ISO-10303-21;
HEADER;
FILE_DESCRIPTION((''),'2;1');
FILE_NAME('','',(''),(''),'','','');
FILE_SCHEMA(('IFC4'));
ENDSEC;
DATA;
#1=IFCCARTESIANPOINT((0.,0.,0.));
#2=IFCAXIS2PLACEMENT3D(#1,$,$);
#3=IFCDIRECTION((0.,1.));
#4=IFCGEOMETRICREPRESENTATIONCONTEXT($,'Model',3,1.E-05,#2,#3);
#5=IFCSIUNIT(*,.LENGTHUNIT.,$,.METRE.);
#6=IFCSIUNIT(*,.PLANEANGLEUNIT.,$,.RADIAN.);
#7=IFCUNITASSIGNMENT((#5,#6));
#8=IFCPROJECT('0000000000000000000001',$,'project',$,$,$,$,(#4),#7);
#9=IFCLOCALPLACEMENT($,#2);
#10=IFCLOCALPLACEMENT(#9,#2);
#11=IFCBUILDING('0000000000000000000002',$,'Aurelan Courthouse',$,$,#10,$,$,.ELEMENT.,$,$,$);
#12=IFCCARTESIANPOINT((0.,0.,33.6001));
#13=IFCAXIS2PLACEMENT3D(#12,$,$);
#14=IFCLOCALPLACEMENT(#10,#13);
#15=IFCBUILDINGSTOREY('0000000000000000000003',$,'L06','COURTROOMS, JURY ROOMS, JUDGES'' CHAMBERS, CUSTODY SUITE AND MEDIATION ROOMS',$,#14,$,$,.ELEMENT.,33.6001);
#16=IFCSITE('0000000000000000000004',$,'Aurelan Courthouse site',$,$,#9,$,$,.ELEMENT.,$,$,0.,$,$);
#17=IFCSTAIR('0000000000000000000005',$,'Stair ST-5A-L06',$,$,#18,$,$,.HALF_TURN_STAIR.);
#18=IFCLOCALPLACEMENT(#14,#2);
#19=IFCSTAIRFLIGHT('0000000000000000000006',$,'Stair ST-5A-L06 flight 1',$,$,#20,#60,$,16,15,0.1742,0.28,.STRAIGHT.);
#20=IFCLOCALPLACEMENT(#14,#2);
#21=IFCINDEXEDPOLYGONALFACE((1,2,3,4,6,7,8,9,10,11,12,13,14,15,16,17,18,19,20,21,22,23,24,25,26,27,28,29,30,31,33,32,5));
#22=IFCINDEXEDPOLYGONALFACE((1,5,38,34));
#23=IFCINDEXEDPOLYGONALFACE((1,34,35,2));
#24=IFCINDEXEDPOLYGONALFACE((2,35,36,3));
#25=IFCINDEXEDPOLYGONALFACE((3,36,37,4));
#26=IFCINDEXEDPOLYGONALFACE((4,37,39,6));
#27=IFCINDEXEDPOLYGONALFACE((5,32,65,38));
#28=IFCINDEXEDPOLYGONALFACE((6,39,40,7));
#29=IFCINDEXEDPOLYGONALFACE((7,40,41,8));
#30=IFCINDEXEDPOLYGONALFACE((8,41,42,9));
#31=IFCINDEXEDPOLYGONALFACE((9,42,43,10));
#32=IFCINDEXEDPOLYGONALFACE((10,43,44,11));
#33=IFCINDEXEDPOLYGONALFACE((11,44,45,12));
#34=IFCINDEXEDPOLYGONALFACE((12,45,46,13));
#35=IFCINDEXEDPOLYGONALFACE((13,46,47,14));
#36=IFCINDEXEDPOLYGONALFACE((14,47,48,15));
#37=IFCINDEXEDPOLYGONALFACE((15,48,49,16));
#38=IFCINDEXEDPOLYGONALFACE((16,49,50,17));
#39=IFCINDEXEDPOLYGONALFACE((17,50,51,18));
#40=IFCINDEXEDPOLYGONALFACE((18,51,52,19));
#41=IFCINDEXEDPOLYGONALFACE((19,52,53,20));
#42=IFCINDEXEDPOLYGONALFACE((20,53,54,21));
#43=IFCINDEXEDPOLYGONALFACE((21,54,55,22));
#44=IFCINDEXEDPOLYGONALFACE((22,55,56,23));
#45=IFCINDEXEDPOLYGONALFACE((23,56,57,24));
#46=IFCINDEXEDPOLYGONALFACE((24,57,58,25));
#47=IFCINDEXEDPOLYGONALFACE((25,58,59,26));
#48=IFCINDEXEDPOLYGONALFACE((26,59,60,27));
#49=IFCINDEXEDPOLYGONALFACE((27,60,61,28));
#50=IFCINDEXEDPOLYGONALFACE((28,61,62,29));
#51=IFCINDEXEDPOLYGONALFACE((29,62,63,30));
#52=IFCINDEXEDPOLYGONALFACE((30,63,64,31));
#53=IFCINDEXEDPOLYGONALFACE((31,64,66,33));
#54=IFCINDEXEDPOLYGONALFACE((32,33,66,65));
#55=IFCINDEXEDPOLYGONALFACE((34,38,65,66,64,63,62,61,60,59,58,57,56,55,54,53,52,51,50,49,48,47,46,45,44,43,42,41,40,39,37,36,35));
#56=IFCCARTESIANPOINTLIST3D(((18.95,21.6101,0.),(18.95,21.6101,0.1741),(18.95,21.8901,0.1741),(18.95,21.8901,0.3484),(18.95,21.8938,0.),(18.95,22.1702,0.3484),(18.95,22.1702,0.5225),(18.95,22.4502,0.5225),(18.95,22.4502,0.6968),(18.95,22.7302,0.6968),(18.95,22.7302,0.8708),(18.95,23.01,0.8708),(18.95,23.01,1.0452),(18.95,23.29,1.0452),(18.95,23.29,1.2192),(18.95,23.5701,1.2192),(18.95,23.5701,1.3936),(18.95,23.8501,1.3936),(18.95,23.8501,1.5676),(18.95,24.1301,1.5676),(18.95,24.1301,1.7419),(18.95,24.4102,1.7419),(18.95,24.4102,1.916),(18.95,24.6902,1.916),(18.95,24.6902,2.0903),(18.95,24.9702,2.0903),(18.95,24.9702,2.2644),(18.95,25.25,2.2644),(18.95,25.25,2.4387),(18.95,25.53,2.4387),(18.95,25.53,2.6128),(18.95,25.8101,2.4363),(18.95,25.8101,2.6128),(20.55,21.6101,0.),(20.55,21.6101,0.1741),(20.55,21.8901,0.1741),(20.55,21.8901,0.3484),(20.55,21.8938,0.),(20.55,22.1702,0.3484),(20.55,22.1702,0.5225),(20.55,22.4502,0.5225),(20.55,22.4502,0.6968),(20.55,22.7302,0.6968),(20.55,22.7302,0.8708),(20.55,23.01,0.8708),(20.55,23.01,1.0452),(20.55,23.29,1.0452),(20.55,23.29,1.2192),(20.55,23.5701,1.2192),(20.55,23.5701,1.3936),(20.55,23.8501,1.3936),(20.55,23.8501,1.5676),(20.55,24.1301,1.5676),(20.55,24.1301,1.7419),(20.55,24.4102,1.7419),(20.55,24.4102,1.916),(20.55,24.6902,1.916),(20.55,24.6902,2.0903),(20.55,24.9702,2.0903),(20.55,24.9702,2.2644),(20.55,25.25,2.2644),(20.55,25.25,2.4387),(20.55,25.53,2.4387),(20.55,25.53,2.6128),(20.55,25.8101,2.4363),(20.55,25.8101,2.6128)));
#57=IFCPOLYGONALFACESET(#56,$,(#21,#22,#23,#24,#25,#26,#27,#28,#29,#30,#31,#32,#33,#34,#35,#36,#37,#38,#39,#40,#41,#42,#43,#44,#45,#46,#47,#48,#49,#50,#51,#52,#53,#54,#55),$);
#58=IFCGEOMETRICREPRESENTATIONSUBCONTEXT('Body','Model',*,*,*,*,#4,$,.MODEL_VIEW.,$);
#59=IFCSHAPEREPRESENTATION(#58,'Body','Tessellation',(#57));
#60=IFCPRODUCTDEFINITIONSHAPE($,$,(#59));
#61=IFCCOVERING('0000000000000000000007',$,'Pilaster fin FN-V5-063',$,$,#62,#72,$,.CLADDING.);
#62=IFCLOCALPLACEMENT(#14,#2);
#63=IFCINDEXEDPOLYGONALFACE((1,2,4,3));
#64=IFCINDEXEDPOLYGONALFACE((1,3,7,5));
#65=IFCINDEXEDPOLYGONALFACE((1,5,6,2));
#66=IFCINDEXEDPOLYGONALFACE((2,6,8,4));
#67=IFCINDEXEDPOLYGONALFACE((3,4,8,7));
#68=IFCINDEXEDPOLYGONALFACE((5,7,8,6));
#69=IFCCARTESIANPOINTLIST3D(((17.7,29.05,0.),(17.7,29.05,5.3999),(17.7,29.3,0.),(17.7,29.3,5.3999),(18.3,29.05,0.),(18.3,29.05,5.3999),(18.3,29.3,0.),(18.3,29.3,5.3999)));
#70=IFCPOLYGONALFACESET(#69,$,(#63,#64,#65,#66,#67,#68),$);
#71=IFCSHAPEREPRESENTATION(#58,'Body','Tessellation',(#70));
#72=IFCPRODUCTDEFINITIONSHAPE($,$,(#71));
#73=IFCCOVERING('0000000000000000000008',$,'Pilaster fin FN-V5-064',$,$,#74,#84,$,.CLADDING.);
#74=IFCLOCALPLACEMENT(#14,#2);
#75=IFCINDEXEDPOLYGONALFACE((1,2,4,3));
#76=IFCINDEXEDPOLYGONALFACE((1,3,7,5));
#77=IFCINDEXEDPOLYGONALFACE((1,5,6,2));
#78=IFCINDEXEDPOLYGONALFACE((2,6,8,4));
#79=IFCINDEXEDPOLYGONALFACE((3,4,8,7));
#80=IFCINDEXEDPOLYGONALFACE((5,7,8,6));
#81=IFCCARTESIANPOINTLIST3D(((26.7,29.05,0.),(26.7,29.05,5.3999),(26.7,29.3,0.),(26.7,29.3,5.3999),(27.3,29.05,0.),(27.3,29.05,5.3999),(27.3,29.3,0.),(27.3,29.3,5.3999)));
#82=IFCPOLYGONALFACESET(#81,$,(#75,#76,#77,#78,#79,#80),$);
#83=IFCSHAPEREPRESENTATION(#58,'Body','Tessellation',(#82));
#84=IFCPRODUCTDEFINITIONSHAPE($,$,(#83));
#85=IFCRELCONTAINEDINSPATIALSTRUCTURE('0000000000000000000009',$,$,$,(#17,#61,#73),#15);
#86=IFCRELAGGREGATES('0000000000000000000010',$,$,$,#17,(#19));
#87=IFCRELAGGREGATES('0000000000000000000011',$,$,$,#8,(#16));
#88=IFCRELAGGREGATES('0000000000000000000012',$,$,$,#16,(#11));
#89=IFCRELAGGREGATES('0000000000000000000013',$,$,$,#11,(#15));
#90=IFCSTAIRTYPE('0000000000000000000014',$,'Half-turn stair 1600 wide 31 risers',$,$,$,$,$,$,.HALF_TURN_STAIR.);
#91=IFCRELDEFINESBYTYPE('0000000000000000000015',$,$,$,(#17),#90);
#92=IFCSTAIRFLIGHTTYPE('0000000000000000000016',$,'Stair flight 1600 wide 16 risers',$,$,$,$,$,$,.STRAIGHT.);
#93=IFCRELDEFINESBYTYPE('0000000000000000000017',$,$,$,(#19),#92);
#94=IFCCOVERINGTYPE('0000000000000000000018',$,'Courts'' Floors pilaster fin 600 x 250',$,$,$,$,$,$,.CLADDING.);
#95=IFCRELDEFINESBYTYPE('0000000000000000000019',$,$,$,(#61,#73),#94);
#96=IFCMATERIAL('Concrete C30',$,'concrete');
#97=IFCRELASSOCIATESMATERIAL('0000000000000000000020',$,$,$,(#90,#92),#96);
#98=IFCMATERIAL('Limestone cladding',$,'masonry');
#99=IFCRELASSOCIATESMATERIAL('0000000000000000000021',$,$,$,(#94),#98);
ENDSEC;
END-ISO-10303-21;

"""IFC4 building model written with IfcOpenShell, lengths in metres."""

from ifc_helpers import new_model, si_unit, direction, frame, origin, origin_2d, place, context, subcontext, project, spatial, polyline, rectangle, outline, extrude, material, type_object, element, aggregate, save


model = new_model("IFC4")

# Units and contexts
model_context = context("Model", 3, precision=1e-05, world=origin(), true_north=direction((0.0, 1.0)))
body_context = subcontext(model_context, "Body", "Model", "MODEL_VIEW")
ifc_project = project(units=[si_unit("LENGTHUNIT", "METRE"), si_unit("PLANEANGLEUNIT", "RADIAN")], contexts=[model_context])

# Site, building, storey
site_placement = place(None, origin())
site = spatial("IfcSite", under=ifc_project, at=site_placement, Name="Aurelan Courthouse site", CompositionType="ELEMENT", RefElevation=0.0)
building_placement = place(site_placement, origin())
building = spatial("IfcBuilding", under=site, at=building_placement, Name="Aurelan Courthouse", CompositionType="ELEMENT")
storey_placement = place(building_placement, frame((0.0, 0.0, 33.6001)))
storey = spatial("IfcBuildingStorey", under=building, at=storey_placement, Name="L06", Description="COURTROOMS, JURY ROOMS, JUDGES' CHAMBERS, CUSTODY SUITE AND MEDIATION ROOMS", CompositionType="ELEMENT", Elevation=33.6001)

# Shared definitions
ifc_material_1 = material(Name="Limestone cladding", Category="masonry")
ifc_material_2 = material(Name="Concrete C30", Category="concrete")

# Stair, stair flight
stair_type = type_object("IfcStairType", Name="Half-turn stair 1600 wide 31 risers", PredefinedType="HALF_TURN_STAIR", material=ifc_material_2)
stair_placement = place(storey_placement, origin())
stair = element("IfcStair", 1, at=stair_placement, inside=storey, type_object=stair_type, Name="Stair ST-5A-L06", PredefinedType="HALF_TURN_STAIR")
stair_flight_type = type_object("IfcStairFlightType", Name="Stair flight 1600 wide 16 risers", PredefinedType="STRAIGHT", material=ifc_material_2)
stair_flight_placement = place(storey_placement, frame((19.75, 21.6101, 0.0), z_axis=(0.0, 0.0, 1.0), x_axis=(0.0, 1.0, 0.0)))
stair_flight = element("IfcStairFlight", 2, at=stair_flight_placement, type_object=stair_flight_type, Name="Stair ST-5A-L06 flight 1", NumberOfRisers=16, NumberOfTreads=15, PredefinedType="STRAIGHT", RiserHeight=0.1742, TreadLength=0.28, context=body_context, shape_type="SweptSolid", body=[
    extrude(outline(polyline([(0.0, 0.0), (0.0, 0.1741), (0.28, 0.1741), (0.28, 0.3484), (0.5601, 0.3484), (0.5601, 0.5225), (0.8401, 0.5225), (0.8401, 0.6968), (1.1201, 0.6968), (1.1201, 0.8708), (1.3999, 0.8708), (1.3999, 1.0452), (1.6799, 1.0452), (1.6799, 1.2192), (1.96, 1.2192), (1.96, 1.3936), (2.24, 1.3936), (2.24, 1.5676), (2.52, 1.5676), (2.52, 1.7419), (2.8, 1.7419), (2.8, 1.916), (3.0801, 1.916), (3.0801, 2.0903), (3.3601, 2.0903), (3.3601, 2.2644), (3.6399, 2.2644), (3.6399, 2.4387), (3.9199, 2.4387), (3.9199, 2.6128), (4.2, 2.6128), (4.2, 2.7871), (4.2, 2.4363), (0.2837, 0.0), (0.0, 0.0)])), frame((0.0, 0.8, 0.0), z_axis=(0.0, -1.0, 0.0), x_axis=(1.0, 0.0, 0.0)), (0.0, 0.0, 1.0), 1.6001),
])
aggregate(stair, [stair_flight])

# Coverings
covering_type = type_object("IfcCoveringType", Name="Courts' Floors pilaster fin 600 x 250", PredefinedType="CLADDING", material=ifc_material_1)
for number, where, z_axis, x_axis, name in (
    (3, (18.0, 29.175, 0.0), (0.0, 0.0, 1.0), (1.0, 0.0, 0.0), "Pilaster fin FN-V5-063"),
    (4, (27.0, 29.175, 0.0), (0.0, 0.0, 1.0), (1.0, 0.0, 0.0), "Pilaster fin FN-V5-064"),
):
    element("IfcCovering", number, at=place(storey_placement, frame(where, z_axis=z_axis, x_axis=x_axis)), inside=storey, type_object=covering_type, Name=name, PredefinedType="CLADDING", context=body_context, shape_type="SweptSolid", body=[
        extrude(rectangle(XDim=0.6001, YDim=0.25, at=origin_2d()), origin(), (0.0, 0.0, 1.0), 5.3999),
    ])

save(model, "model.ifc")
